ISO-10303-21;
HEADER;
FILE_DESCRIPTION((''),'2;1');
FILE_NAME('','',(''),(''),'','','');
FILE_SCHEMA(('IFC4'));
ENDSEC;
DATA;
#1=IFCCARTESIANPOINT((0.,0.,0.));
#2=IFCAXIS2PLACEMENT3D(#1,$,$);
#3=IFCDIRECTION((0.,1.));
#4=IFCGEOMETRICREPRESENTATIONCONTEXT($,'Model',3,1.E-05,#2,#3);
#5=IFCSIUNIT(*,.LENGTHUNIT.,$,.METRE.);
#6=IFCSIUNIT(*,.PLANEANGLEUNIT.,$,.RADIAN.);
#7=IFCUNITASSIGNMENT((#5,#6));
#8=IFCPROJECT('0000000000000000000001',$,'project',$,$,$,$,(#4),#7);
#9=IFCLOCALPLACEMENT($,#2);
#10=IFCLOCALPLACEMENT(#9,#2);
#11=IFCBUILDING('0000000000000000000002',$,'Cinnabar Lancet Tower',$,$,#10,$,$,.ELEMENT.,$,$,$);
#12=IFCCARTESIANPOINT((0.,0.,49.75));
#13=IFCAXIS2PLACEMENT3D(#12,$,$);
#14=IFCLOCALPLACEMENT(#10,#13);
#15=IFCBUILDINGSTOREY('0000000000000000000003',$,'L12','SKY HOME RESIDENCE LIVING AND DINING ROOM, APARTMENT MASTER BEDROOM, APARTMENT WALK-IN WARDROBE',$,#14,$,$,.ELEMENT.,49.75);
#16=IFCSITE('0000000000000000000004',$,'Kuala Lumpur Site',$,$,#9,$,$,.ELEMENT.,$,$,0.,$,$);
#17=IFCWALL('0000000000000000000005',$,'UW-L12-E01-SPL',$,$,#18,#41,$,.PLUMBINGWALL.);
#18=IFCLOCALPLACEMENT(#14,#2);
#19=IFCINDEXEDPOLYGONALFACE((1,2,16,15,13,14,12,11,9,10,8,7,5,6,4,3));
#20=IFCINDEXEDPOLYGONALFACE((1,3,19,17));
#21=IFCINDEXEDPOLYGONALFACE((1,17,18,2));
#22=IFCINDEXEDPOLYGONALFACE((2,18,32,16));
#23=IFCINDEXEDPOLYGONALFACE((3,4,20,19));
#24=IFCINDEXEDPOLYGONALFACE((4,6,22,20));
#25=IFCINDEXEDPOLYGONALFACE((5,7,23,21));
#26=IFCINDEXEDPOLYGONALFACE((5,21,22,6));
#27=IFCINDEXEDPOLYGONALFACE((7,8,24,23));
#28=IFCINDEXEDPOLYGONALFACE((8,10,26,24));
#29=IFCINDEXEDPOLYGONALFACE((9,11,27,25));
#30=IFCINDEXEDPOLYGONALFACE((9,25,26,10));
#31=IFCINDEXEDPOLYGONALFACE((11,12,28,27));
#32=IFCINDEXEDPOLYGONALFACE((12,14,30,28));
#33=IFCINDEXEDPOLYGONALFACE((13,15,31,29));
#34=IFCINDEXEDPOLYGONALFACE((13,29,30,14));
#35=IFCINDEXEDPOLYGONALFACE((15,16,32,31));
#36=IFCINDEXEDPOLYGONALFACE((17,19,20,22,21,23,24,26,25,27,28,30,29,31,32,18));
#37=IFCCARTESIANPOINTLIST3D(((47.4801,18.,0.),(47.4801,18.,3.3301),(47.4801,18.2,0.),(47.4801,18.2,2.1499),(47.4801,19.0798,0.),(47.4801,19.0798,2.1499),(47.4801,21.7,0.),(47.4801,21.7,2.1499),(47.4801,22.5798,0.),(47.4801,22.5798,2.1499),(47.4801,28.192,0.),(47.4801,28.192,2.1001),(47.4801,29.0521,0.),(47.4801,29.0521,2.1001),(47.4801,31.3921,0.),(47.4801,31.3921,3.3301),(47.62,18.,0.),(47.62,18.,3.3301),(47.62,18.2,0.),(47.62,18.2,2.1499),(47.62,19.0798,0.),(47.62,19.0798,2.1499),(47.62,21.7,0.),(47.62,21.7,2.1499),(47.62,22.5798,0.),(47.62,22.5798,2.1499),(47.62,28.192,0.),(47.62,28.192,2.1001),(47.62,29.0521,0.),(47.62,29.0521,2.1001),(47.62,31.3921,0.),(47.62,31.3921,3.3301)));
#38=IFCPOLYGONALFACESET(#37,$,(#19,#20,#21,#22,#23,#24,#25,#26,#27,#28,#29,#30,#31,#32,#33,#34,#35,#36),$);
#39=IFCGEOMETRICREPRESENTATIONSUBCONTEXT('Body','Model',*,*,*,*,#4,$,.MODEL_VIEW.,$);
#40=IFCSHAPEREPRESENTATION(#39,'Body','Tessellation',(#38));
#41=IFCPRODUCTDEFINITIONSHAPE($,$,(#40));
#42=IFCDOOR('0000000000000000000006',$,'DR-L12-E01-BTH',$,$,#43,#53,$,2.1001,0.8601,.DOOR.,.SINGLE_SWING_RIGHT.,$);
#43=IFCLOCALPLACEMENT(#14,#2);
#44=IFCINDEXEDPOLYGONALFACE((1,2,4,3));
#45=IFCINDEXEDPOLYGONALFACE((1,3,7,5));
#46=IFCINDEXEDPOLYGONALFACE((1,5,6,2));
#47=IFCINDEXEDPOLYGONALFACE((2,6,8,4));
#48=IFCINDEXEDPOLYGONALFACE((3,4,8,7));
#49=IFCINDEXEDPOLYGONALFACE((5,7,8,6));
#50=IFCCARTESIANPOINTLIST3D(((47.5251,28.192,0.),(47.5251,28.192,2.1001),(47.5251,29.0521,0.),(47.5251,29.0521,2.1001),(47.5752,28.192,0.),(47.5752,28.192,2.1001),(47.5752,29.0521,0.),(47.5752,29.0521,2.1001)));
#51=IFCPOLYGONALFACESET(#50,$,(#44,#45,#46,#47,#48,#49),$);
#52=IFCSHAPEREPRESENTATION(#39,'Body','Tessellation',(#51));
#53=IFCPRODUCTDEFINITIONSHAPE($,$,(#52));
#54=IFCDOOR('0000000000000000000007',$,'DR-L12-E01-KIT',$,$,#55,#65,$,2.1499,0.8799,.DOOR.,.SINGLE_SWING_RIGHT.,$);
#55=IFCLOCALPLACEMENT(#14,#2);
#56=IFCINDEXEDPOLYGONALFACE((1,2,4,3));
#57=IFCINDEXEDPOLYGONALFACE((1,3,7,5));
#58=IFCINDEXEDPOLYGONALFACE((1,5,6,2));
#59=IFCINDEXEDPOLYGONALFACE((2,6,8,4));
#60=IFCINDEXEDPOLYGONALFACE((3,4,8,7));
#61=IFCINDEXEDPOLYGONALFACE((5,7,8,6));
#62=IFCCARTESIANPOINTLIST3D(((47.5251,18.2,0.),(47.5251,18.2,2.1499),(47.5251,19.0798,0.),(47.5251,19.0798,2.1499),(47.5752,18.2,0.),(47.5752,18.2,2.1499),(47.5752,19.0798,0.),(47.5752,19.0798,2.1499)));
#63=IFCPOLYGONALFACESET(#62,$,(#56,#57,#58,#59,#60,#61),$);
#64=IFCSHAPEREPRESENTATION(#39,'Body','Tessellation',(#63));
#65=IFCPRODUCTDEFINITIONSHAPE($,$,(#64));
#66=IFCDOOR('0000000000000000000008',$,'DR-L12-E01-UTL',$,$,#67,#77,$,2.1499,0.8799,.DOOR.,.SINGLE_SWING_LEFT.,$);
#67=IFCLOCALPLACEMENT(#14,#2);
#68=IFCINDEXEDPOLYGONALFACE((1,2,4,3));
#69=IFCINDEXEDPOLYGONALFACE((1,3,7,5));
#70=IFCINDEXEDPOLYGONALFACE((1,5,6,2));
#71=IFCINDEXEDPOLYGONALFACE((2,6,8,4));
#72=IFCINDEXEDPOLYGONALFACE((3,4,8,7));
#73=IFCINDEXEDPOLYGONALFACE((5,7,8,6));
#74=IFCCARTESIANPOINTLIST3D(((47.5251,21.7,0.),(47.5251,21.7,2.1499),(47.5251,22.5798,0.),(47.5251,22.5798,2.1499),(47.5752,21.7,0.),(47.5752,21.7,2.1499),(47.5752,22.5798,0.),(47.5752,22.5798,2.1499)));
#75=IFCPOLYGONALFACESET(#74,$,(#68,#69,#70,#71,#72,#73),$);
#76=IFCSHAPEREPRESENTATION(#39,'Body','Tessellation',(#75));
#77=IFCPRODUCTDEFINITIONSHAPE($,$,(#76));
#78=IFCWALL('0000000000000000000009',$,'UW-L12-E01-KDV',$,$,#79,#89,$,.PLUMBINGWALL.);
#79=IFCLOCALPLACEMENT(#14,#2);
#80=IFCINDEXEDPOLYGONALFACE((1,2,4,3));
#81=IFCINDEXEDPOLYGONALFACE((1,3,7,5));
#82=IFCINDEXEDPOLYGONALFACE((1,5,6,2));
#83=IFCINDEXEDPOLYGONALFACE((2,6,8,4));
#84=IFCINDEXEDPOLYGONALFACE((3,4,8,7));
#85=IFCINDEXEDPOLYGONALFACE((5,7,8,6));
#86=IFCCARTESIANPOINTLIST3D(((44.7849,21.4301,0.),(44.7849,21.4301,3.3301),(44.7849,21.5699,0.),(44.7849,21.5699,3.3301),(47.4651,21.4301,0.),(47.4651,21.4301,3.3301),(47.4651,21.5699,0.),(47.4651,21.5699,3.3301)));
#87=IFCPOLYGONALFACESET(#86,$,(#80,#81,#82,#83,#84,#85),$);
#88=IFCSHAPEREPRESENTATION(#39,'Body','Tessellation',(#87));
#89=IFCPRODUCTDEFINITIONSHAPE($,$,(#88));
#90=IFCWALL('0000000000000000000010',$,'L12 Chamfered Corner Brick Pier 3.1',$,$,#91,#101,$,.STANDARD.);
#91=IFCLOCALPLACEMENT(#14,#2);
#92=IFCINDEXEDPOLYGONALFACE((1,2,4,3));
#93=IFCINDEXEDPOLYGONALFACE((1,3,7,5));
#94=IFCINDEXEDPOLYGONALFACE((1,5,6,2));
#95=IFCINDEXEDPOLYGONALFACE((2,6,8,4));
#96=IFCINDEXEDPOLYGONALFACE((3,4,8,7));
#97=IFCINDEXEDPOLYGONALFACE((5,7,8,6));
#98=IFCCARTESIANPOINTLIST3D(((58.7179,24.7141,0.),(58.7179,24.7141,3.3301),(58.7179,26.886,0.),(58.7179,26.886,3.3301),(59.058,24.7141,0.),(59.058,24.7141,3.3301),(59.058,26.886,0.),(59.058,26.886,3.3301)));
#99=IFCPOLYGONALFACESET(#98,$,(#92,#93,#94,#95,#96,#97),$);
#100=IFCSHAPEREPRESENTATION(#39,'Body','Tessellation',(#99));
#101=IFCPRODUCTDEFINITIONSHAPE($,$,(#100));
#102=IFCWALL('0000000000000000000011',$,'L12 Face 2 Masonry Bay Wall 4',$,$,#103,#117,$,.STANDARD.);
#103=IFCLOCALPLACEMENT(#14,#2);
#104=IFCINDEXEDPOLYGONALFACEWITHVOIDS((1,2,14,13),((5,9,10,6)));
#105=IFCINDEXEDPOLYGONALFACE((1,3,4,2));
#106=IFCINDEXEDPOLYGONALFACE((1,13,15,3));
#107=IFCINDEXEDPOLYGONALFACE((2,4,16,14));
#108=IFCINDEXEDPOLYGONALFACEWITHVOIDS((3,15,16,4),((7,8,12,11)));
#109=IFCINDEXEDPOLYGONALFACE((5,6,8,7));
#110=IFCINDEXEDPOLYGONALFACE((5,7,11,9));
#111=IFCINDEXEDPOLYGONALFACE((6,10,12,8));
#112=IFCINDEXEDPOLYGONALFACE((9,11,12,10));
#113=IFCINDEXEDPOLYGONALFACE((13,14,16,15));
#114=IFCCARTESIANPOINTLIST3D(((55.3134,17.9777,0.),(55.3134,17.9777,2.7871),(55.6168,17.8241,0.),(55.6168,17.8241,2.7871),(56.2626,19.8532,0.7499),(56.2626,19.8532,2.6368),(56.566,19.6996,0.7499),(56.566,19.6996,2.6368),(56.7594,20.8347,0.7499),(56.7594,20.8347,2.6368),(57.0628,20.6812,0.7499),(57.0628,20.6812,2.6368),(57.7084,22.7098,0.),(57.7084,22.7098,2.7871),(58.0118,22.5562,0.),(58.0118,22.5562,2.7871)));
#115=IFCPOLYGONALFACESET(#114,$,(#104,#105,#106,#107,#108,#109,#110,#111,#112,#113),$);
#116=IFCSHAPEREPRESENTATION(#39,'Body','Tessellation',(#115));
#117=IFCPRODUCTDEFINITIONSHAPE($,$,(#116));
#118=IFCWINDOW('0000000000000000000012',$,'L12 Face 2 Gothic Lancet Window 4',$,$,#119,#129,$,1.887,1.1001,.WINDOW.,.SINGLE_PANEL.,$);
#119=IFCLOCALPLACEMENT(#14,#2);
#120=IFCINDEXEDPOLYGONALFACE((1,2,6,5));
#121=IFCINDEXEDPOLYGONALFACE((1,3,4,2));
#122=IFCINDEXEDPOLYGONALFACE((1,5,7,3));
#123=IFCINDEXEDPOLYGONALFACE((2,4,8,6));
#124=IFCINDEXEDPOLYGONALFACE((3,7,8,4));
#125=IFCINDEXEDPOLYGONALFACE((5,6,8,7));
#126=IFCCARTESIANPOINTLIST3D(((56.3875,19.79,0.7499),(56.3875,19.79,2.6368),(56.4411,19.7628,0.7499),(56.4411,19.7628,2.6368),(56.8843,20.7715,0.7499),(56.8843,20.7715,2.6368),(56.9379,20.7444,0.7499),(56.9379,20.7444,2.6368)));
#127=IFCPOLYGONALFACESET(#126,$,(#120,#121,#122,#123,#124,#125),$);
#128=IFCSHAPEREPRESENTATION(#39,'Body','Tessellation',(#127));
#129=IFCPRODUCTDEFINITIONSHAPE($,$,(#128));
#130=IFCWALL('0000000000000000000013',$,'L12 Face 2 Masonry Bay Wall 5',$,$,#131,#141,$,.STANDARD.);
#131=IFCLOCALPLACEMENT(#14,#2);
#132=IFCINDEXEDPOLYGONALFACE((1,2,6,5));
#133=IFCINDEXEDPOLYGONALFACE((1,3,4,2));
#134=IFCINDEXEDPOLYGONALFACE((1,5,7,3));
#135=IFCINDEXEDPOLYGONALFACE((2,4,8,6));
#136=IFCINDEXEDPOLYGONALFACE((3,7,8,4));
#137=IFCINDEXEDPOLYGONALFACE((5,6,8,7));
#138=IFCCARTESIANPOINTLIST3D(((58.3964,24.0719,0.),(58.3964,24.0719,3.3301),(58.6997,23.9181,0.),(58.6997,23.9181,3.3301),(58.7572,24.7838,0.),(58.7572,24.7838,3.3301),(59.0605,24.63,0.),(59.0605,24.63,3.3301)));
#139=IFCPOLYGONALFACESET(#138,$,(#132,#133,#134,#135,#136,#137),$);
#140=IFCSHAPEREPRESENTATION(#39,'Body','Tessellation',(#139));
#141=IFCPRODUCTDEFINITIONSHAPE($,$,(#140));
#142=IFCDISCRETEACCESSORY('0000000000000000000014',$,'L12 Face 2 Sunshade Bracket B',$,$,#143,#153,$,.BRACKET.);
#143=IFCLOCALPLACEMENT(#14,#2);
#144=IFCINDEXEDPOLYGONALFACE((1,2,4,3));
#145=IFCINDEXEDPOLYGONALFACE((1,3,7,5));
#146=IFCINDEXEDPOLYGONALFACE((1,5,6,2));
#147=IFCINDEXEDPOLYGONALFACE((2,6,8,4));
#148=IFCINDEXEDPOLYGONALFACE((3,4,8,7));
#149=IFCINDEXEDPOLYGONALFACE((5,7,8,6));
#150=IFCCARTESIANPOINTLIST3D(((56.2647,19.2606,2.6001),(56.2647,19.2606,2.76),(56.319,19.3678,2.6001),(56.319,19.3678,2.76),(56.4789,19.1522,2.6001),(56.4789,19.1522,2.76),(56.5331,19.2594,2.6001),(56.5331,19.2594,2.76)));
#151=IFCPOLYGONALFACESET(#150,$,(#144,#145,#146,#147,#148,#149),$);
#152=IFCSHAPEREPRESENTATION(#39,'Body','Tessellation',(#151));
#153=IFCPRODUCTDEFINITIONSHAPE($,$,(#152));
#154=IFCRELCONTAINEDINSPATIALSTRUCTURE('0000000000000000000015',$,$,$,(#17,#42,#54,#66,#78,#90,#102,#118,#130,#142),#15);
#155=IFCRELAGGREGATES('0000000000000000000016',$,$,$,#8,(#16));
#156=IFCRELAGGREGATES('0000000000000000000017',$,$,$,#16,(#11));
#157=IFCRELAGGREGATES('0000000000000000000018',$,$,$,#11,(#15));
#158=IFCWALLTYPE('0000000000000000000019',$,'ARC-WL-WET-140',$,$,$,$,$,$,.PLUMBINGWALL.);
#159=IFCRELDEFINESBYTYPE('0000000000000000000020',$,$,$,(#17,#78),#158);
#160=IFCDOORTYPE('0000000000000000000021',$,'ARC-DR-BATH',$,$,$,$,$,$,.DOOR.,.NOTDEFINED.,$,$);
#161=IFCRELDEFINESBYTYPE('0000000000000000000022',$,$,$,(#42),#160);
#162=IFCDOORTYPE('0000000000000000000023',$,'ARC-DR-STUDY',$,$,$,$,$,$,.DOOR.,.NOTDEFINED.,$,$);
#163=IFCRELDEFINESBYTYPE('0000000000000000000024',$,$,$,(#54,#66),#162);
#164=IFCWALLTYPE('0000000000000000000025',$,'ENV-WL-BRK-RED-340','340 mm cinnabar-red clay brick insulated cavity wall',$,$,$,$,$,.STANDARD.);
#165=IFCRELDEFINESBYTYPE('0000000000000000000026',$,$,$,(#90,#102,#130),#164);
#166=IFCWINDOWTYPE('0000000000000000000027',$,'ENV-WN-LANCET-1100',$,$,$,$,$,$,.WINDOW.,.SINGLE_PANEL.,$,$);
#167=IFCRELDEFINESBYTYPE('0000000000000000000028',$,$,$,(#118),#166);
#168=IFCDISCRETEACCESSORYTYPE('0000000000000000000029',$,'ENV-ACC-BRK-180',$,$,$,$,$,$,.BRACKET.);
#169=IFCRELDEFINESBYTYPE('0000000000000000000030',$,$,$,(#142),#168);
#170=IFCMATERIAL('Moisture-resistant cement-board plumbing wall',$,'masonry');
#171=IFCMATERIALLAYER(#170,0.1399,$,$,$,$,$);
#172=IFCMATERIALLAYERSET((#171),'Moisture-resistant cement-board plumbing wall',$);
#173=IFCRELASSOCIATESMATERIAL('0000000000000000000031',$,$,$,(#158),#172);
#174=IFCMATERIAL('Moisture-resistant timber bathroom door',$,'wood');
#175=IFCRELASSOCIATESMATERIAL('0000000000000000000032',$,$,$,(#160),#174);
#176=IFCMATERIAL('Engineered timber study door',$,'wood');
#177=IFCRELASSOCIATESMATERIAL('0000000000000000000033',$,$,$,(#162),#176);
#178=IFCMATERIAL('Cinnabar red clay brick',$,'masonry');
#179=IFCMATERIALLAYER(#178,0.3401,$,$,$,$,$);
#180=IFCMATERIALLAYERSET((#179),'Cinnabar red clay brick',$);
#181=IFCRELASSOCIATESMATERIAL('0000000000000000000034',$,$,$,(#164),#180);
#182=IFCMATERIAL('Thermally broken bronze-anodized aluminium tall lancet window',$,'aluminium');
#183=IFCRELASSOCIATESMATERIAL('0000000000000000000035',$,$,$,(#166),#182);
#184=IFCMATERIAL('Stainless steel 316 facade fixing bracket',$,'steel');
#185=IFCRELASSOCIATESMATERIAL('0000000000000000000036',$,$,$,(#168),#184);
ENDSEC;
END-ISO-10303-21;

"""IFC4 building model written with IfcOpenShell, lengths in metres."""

from ifc_helpers import new_model, si_unit, direction, frame, frame_2d, origin, origin_2d, place, context, subcontext, project, spatial, rectangle, extrude, material, layer, layer_set, type_object, element, fill, save


model = new_model("IFC4")

# Units and contexts
model_context = context("Model", 3, precision=1e-05, world=origin(), true_north=direction((0.0, 1.0)))
body_context = subcontext(model_context, "Body", "Model", "MODEL_VIEW")
ifc_project = project(units=[si_unit("LENGTHUNIT", "METRE"), si_unit("PLANEANGLEUNIT", "RADIAN")], contexts=[model_context])

# Site, building, storey
site_placement = place(None, origin())
site = spatial("IfcSite", under=ifc_project, at=site_placement, Name="Kuala Lumpur Site", CompositionType="ELEMENT", RefElevation=0.0)
building_placement = place(site_placement, origin())
building = spatial("IfcBuilding", under=site, at=building_placement, Name="Cinnabar Lancet Tower", CompositionType="ELEMENT")
storey_placement = place(building_placement, frame((0.0, 0.0, 49.75)))
storey = spatial("IfcBuildingStorey", under=building, at=storey_placement, Name="L12", Description="SKY HOME RESIDENCE LIVING AND DINING ROOM, APARTMENT MASTER BEDROOM, APARTMENT WALK-IN WARDROBE", CompositionType="ELEMENT", Elevation=49.75)

# Wall, openings, doors
ifc_material_1 = material(Name="Moisture-resistant cement-board plumbing wall", Category="masonry")
ifc_layer_1 = layer(ifc_material_1, 0.1399)
ifc_layer_set_1 = layer_set([ifc_layer_1], Name="Moisture-resistant cement-board plumbing wall")
wall_type_1 = type_object("IfcWallType", Name="ARC-WL-WET-140", PredefinedType="PLUMBINGWALL", material=ifc_layer_set_1)
wall_1_placement = place(storey_placement, frame((47.55, 18.0, 0.0), z_axis=(0.0, 0.0, 1.0), x_axis=(0.0, 1.0, 0.0)))
wall_1 = element("IfcWall", 1, at=wall_1_placement, inside=storey, type_object=wall_type_1, Name="UW-L12-E01-SPL", PredefinedType="PLUMBINGWALL", context=body_context, shape_type="SweptSolid", body=[
    extrude(rectangle(XDim=13.3921, YDim=0.1399, at=frame_2d((6.696, 0.0))), origin(), (0.0, 0.0, 1.0), 3.3301),
])
opening_1_placement = place(wall_1_placement, frame((0.2, 0.0, 0.0)))
opening_1 = element("IfcOpeningElement", 2, at=opening_1_placement, cuts=wall_1, PredefinedType="OPENING", context=body_context, shape_type="SweptSolid", body=[
    extrude(rectangle(XDim=0.8799, YDim=2.1499, at=frame_2d((0.4399, 1.075))), frame((0.0, 0.0798, 0.0), z_axis=(0.0, -1.0, 0.0), x_axis=(1.0, 0.0, 0.0)), (0.0, 0.0, 1.0), 0.1599),
])
opening_2_placement = place(wall_1_placement, frame((3.7, 0.0, 0.0)))
opening_2 = element("IfcOpeningElement", 3, at=opening_2_placement, cuts=wall_1, PredefinedType="OPENING", context=body_context, shape_type="SweptSolid", body=[
    extrude(rectangle(XDim=0.8799, YDim=2.1499, at=frame_2d((0.4399, 1.075))), frame((0.0, 0.0798, 0.0), z_axis=(0.0, -1.0, 0.0), x_axis=(1.0, 0.0, 0.0)), (0.0, 0.0, 1.0), 0.1599),
])
opening_3_placement = place(wall_1_placement, frame((10.1919, 0.0, 0.0)))
opening_3 = element("IfcOpeningElement", 4, at=opening_3_placement, cuts=wall_1, PredefinedType="OPENING", context=body_context, shape_type="SweptSolid", body=[
    extrude(rectangle(XDim=0.8601, YDim=2.1001, at=frame_2d((0.4302, 1.05))), frame((0.0, 0.0798, 0.0), z_axis=(0.0, -1.0, 0.0), x_axis=(1.0, 0.0, 0.0)), (0.0, 0.0, 1.0), 0.1599),
])
ifc_material_2 = material(Name="Moisture-resistant timber bathroom door", Category="wood")
door_type_1 = type_object("IfcDoorType", Name="ARC-DR-BATH", OperationType="NOTDEFINED", PredefinedType="DOOR", material=ifc_material_2)
door_1_placement = place(opening_3_placement, origin())
door_1 = element("IfcDoor", 5, at=door_1_placement, inside=storey, type_object=door_type_1, Name="DR-L12-E01-BTH", OperationType="SINGLE_SWING_RIGHT", OverallHeight=2.1001, OverallWidth=0.8601, PredefinedType="DOOR", context=body_context, shape_type="SweptSolid", body=[
    extrude(rectangle(XDim=0.8601, YDim=2.1001, at=frame_2d((0.4302, 1.05))), frame((0.0, 0.0249, 0.0), z_axis=(0.0, -1.0, 0.0), x_axis=(1.0, 0.0, 0.0)), (0.0, 0.0, 1.0), 0.05),
])
fill(opening_3, door_1)
ifc_material_3 = material(Name="Engineered timber study door", Category="wood")
door_type_2 = type_object("IfcDoorType", Name="ARC-DR-STUDY", OperationType="NOTDEFINED", PredefinedType="DOOR", material=ifc_material_3)
door_2_placement = place(opening_1_placement, origin())
door_2 = element("IfcDoor", 6, at=door_2_placement, inside=storey, type_object=door_type_2, Name="DR-L12-E01-KIT", OperationType="SINGLE_SWING_RIGHT", OverallHeight=2.1499, OverallWidth=0.8799, PredefinedType="DOOR", context=body_context, shape_type="SweptSolid", body=[
    extrude(rectangle(XDim=0.8799, YDim=2.1499, at=frame_2d((0.4399, 1.075))), frame((0.0, 0.0249, 0.0), z_axis=(0.0, -1.0, 0.0), x_axis=(1.0, 0.0, 0.0)), (0.0, 0.0, 1.0), 0.05),
])
fill(opening_1, door_2)
door_3_placement = place(opening_2_placement, origin())
door_3 = element("IfcDoor", 7, at=door_3_placement, inside=storey, type_object=door_type_2, Name="DR-L12-E01-UTL", OperationType="SINGLE_SWING_LEFT", OverallHeight=2.1499, OverallWidth=0.8799, PredefinedType="DOOR", context=body_context, shape_type="SweptSolid", body=[
    extrude(rectangle(XDim=0.8799, YDim=2.1499, at=frame_2d((0.4399, 1.075))), frame((0.0, 0.0249, 0.0), z_axis=(0.0, -1.0, 0.0), x_axis=(1.0, 0.0, 0.0)), (0.0, 0.0, 1.0), 0.05),
])
fill(opening_2, door_3)

# Walls
wall_2_placement = place(storey_placement, frame((44.7849, 21.5, 0.0), z_axis=(0.0, 0.0, 1.0), x_axis=(1.0, 0.0, 0.0)))
element("IfcWall", 8, at=wall_2_placement, inside=storey, type_object=wall_type_1, Name="UW-L12-E01-KDV", PredefinedType="PLUMBINGWALL", context=body_context, shape_type="SweptSolid", body=[
    extrude(rectangle(XDim=2.6802, YDim=0.1399, at=frame_2d((1.3401, 0.0))), origin(), (0.0, 0.0, 1.0), 3.3301),
])
ifc_material_4 = material(Name="Cinnabar red clay brick", Category="masonry")
ifc_layer_2 = layer(ifc_material_4, 0.3401)
ifc_layer_set_2 = layer_set([ifc_layer_2], Name="Cinnabar red clay brick")
wall_type_2 = type_object("IfcWallType", Name="ENV-WL-BRK-RED-340", Description="340 mm cinnabar-red clay brick insulated cavity wall", PredefinedType="STANDARD", material=ifc_layer_set_2)
wall_3_placement = place(storey_placement, frame((58.8879, 24.7141, 0.0), z_axis=(0.0, 0.0, 1.0), x_axis=(0.0, 1.0, 0.0)))
element("IfcWall", 9, at=wall_3_placement, inside=storey, type_object=wall_type_2, Name="L12 Chamfered Corner Brick Pier 3.1", PredefinedType="STANDARD", context=body_context, shape_type="SweptSolid", body=[
    extrude(rectangle(XDim=2.1719, YDim=0.3401, at=frame_2d((1.0859, 0.0))), origin(), (0.0, 0.0, 1.0), 3.3301),
])

# Wall, opening, window
wall_4_placement = place(storey_placement, frame((55.4651, 17.9009, 0.0), z_axis=(0.0, 0.0, 1.0), x_axis=(0.451572, 0.892235, 0.0)))
wall_4 = element("IfcWall", 10, at=wall_4_placement, inside=storey, type_object=wall_type_2, Name="L12 Face 2 Masonry Bay Wall 4", PredefinedType="STANDARD", context=body_context, shape_type="SweptSolid", body=[
    extrude(rectangle(XDim=5.3037, YDim=0.3401, at=frame_2d((2.6519, 0.0))), origin(), (0.0, 0.0, 1.0), 2.7871),
])
opening_4_placement = place(wall_4_placement, frame((2.1021, 0.0, 0.75)))
opening_4 = element("IfcOpeningElement", 11, at=opening_4_placement, cuts=wall_4, PredefinedType="OPENING", context=body_context, shape_type="SweptSolid", body=[
    extrude(rectangle(XDim=1.1001, YDim=1.887, at=frame_2d((0.55, 0.9434))), frame((0.0, 0.1799, 0.0), z_axis=(0.0, -1.0, 0.0), x_axis=(1.0, 0.0, 0.0)), (0.0, 0.0, 1.0), 0.3601),
])
ifc_material_5 = material(Name="Thermally broken bronze-anodized aluminium tall lancet window", Category="aluminium")
window_type = type_object("IfcWindowType", Name="ENV-WN-LANCET-1100", PartitioningType="SINGLE_PANEL", PredefinedType="WINDOW", material=ifc_material_5)
window_placement = place(opening_4_placement, origin())
window = element("IfcWindow", 12, at=window_placement, inside=storey, type_object=window_type, Name="L12 Face 2 Gothic Lancet Window 4", OverallHeight=1.887, OverallWidth=1.1001, PartitioningType="SINGLE_PANEL", PredefinedType="WINDOW", context=body_context, shape_type="SweptSolid", body=[
    extrude(rectangle(XDim=1.1001, YDim=1.887, at=frame_2d((0.55, 0.9434))), frame((0.0, 0.03, 0.0), z_axis=(0.0, -1.0, 0.0), x_axis=(1.0, 0.0, 0.0)), (0.0, 0.0, 1.0), 0.0601),
])
fill(opening_4, window)

# Wall
wall_5_placement = place(storey_placement, frame((58.5481, 23.9951, 0.0), z_axis=(0.0, 0.0, 1.0), x_axis=(0.452101, 0.891967, 0.0)))
element("IfcWall", 13, at=wall_5_placement, inside=storey, type_object=wall_type_2, Name="L12 Face 2 Masonry Bay Wall 5", PredefinedType="STANDARD", context=body_context, shape_type="SweptSolid", body=[
    extrude(rectangle(XDim=0.7981, YDim=0.3401, at=frame_2d((0.3989, 0.0))), origin(), (0.0, 0.0, 1.0), 3.3301),
])

# Discrete accessory
ifc_material_6 = material(Name="Stainless steel 316 facade fixing bracket", Category="steel")
discrete_accessory_type = type_object("IfcDiscreteAccessoryType", Name="ENV-ACC-BRK-180", PredefinedType="BRACKET", material=ifc_material_6)
discrete_accessory_placement = place(storey_placement, frame((56.3989, 19.26, 2.6001), z_axis=(0.0, 0.0, 1.0), x_axis=(0.451501, 0.892271, 0.0)))
element("IfcDiscreteAccessory", 14, at=discrete_accessory_placement, inside=storey, type_object=discrete_accessory_type, Name="L12 Face 2 Sunshade Bracket B", PredefinedType="BRACKET", context=body_context, shape_type="SweptSolid", body=[
    extrude(rectangle(XDim=0.1201, YDim=0.24, at=origin_2d()), origin(), (0.0, 0.0, 1.0), 0.1599),
])

save(model, "model.ifc")
